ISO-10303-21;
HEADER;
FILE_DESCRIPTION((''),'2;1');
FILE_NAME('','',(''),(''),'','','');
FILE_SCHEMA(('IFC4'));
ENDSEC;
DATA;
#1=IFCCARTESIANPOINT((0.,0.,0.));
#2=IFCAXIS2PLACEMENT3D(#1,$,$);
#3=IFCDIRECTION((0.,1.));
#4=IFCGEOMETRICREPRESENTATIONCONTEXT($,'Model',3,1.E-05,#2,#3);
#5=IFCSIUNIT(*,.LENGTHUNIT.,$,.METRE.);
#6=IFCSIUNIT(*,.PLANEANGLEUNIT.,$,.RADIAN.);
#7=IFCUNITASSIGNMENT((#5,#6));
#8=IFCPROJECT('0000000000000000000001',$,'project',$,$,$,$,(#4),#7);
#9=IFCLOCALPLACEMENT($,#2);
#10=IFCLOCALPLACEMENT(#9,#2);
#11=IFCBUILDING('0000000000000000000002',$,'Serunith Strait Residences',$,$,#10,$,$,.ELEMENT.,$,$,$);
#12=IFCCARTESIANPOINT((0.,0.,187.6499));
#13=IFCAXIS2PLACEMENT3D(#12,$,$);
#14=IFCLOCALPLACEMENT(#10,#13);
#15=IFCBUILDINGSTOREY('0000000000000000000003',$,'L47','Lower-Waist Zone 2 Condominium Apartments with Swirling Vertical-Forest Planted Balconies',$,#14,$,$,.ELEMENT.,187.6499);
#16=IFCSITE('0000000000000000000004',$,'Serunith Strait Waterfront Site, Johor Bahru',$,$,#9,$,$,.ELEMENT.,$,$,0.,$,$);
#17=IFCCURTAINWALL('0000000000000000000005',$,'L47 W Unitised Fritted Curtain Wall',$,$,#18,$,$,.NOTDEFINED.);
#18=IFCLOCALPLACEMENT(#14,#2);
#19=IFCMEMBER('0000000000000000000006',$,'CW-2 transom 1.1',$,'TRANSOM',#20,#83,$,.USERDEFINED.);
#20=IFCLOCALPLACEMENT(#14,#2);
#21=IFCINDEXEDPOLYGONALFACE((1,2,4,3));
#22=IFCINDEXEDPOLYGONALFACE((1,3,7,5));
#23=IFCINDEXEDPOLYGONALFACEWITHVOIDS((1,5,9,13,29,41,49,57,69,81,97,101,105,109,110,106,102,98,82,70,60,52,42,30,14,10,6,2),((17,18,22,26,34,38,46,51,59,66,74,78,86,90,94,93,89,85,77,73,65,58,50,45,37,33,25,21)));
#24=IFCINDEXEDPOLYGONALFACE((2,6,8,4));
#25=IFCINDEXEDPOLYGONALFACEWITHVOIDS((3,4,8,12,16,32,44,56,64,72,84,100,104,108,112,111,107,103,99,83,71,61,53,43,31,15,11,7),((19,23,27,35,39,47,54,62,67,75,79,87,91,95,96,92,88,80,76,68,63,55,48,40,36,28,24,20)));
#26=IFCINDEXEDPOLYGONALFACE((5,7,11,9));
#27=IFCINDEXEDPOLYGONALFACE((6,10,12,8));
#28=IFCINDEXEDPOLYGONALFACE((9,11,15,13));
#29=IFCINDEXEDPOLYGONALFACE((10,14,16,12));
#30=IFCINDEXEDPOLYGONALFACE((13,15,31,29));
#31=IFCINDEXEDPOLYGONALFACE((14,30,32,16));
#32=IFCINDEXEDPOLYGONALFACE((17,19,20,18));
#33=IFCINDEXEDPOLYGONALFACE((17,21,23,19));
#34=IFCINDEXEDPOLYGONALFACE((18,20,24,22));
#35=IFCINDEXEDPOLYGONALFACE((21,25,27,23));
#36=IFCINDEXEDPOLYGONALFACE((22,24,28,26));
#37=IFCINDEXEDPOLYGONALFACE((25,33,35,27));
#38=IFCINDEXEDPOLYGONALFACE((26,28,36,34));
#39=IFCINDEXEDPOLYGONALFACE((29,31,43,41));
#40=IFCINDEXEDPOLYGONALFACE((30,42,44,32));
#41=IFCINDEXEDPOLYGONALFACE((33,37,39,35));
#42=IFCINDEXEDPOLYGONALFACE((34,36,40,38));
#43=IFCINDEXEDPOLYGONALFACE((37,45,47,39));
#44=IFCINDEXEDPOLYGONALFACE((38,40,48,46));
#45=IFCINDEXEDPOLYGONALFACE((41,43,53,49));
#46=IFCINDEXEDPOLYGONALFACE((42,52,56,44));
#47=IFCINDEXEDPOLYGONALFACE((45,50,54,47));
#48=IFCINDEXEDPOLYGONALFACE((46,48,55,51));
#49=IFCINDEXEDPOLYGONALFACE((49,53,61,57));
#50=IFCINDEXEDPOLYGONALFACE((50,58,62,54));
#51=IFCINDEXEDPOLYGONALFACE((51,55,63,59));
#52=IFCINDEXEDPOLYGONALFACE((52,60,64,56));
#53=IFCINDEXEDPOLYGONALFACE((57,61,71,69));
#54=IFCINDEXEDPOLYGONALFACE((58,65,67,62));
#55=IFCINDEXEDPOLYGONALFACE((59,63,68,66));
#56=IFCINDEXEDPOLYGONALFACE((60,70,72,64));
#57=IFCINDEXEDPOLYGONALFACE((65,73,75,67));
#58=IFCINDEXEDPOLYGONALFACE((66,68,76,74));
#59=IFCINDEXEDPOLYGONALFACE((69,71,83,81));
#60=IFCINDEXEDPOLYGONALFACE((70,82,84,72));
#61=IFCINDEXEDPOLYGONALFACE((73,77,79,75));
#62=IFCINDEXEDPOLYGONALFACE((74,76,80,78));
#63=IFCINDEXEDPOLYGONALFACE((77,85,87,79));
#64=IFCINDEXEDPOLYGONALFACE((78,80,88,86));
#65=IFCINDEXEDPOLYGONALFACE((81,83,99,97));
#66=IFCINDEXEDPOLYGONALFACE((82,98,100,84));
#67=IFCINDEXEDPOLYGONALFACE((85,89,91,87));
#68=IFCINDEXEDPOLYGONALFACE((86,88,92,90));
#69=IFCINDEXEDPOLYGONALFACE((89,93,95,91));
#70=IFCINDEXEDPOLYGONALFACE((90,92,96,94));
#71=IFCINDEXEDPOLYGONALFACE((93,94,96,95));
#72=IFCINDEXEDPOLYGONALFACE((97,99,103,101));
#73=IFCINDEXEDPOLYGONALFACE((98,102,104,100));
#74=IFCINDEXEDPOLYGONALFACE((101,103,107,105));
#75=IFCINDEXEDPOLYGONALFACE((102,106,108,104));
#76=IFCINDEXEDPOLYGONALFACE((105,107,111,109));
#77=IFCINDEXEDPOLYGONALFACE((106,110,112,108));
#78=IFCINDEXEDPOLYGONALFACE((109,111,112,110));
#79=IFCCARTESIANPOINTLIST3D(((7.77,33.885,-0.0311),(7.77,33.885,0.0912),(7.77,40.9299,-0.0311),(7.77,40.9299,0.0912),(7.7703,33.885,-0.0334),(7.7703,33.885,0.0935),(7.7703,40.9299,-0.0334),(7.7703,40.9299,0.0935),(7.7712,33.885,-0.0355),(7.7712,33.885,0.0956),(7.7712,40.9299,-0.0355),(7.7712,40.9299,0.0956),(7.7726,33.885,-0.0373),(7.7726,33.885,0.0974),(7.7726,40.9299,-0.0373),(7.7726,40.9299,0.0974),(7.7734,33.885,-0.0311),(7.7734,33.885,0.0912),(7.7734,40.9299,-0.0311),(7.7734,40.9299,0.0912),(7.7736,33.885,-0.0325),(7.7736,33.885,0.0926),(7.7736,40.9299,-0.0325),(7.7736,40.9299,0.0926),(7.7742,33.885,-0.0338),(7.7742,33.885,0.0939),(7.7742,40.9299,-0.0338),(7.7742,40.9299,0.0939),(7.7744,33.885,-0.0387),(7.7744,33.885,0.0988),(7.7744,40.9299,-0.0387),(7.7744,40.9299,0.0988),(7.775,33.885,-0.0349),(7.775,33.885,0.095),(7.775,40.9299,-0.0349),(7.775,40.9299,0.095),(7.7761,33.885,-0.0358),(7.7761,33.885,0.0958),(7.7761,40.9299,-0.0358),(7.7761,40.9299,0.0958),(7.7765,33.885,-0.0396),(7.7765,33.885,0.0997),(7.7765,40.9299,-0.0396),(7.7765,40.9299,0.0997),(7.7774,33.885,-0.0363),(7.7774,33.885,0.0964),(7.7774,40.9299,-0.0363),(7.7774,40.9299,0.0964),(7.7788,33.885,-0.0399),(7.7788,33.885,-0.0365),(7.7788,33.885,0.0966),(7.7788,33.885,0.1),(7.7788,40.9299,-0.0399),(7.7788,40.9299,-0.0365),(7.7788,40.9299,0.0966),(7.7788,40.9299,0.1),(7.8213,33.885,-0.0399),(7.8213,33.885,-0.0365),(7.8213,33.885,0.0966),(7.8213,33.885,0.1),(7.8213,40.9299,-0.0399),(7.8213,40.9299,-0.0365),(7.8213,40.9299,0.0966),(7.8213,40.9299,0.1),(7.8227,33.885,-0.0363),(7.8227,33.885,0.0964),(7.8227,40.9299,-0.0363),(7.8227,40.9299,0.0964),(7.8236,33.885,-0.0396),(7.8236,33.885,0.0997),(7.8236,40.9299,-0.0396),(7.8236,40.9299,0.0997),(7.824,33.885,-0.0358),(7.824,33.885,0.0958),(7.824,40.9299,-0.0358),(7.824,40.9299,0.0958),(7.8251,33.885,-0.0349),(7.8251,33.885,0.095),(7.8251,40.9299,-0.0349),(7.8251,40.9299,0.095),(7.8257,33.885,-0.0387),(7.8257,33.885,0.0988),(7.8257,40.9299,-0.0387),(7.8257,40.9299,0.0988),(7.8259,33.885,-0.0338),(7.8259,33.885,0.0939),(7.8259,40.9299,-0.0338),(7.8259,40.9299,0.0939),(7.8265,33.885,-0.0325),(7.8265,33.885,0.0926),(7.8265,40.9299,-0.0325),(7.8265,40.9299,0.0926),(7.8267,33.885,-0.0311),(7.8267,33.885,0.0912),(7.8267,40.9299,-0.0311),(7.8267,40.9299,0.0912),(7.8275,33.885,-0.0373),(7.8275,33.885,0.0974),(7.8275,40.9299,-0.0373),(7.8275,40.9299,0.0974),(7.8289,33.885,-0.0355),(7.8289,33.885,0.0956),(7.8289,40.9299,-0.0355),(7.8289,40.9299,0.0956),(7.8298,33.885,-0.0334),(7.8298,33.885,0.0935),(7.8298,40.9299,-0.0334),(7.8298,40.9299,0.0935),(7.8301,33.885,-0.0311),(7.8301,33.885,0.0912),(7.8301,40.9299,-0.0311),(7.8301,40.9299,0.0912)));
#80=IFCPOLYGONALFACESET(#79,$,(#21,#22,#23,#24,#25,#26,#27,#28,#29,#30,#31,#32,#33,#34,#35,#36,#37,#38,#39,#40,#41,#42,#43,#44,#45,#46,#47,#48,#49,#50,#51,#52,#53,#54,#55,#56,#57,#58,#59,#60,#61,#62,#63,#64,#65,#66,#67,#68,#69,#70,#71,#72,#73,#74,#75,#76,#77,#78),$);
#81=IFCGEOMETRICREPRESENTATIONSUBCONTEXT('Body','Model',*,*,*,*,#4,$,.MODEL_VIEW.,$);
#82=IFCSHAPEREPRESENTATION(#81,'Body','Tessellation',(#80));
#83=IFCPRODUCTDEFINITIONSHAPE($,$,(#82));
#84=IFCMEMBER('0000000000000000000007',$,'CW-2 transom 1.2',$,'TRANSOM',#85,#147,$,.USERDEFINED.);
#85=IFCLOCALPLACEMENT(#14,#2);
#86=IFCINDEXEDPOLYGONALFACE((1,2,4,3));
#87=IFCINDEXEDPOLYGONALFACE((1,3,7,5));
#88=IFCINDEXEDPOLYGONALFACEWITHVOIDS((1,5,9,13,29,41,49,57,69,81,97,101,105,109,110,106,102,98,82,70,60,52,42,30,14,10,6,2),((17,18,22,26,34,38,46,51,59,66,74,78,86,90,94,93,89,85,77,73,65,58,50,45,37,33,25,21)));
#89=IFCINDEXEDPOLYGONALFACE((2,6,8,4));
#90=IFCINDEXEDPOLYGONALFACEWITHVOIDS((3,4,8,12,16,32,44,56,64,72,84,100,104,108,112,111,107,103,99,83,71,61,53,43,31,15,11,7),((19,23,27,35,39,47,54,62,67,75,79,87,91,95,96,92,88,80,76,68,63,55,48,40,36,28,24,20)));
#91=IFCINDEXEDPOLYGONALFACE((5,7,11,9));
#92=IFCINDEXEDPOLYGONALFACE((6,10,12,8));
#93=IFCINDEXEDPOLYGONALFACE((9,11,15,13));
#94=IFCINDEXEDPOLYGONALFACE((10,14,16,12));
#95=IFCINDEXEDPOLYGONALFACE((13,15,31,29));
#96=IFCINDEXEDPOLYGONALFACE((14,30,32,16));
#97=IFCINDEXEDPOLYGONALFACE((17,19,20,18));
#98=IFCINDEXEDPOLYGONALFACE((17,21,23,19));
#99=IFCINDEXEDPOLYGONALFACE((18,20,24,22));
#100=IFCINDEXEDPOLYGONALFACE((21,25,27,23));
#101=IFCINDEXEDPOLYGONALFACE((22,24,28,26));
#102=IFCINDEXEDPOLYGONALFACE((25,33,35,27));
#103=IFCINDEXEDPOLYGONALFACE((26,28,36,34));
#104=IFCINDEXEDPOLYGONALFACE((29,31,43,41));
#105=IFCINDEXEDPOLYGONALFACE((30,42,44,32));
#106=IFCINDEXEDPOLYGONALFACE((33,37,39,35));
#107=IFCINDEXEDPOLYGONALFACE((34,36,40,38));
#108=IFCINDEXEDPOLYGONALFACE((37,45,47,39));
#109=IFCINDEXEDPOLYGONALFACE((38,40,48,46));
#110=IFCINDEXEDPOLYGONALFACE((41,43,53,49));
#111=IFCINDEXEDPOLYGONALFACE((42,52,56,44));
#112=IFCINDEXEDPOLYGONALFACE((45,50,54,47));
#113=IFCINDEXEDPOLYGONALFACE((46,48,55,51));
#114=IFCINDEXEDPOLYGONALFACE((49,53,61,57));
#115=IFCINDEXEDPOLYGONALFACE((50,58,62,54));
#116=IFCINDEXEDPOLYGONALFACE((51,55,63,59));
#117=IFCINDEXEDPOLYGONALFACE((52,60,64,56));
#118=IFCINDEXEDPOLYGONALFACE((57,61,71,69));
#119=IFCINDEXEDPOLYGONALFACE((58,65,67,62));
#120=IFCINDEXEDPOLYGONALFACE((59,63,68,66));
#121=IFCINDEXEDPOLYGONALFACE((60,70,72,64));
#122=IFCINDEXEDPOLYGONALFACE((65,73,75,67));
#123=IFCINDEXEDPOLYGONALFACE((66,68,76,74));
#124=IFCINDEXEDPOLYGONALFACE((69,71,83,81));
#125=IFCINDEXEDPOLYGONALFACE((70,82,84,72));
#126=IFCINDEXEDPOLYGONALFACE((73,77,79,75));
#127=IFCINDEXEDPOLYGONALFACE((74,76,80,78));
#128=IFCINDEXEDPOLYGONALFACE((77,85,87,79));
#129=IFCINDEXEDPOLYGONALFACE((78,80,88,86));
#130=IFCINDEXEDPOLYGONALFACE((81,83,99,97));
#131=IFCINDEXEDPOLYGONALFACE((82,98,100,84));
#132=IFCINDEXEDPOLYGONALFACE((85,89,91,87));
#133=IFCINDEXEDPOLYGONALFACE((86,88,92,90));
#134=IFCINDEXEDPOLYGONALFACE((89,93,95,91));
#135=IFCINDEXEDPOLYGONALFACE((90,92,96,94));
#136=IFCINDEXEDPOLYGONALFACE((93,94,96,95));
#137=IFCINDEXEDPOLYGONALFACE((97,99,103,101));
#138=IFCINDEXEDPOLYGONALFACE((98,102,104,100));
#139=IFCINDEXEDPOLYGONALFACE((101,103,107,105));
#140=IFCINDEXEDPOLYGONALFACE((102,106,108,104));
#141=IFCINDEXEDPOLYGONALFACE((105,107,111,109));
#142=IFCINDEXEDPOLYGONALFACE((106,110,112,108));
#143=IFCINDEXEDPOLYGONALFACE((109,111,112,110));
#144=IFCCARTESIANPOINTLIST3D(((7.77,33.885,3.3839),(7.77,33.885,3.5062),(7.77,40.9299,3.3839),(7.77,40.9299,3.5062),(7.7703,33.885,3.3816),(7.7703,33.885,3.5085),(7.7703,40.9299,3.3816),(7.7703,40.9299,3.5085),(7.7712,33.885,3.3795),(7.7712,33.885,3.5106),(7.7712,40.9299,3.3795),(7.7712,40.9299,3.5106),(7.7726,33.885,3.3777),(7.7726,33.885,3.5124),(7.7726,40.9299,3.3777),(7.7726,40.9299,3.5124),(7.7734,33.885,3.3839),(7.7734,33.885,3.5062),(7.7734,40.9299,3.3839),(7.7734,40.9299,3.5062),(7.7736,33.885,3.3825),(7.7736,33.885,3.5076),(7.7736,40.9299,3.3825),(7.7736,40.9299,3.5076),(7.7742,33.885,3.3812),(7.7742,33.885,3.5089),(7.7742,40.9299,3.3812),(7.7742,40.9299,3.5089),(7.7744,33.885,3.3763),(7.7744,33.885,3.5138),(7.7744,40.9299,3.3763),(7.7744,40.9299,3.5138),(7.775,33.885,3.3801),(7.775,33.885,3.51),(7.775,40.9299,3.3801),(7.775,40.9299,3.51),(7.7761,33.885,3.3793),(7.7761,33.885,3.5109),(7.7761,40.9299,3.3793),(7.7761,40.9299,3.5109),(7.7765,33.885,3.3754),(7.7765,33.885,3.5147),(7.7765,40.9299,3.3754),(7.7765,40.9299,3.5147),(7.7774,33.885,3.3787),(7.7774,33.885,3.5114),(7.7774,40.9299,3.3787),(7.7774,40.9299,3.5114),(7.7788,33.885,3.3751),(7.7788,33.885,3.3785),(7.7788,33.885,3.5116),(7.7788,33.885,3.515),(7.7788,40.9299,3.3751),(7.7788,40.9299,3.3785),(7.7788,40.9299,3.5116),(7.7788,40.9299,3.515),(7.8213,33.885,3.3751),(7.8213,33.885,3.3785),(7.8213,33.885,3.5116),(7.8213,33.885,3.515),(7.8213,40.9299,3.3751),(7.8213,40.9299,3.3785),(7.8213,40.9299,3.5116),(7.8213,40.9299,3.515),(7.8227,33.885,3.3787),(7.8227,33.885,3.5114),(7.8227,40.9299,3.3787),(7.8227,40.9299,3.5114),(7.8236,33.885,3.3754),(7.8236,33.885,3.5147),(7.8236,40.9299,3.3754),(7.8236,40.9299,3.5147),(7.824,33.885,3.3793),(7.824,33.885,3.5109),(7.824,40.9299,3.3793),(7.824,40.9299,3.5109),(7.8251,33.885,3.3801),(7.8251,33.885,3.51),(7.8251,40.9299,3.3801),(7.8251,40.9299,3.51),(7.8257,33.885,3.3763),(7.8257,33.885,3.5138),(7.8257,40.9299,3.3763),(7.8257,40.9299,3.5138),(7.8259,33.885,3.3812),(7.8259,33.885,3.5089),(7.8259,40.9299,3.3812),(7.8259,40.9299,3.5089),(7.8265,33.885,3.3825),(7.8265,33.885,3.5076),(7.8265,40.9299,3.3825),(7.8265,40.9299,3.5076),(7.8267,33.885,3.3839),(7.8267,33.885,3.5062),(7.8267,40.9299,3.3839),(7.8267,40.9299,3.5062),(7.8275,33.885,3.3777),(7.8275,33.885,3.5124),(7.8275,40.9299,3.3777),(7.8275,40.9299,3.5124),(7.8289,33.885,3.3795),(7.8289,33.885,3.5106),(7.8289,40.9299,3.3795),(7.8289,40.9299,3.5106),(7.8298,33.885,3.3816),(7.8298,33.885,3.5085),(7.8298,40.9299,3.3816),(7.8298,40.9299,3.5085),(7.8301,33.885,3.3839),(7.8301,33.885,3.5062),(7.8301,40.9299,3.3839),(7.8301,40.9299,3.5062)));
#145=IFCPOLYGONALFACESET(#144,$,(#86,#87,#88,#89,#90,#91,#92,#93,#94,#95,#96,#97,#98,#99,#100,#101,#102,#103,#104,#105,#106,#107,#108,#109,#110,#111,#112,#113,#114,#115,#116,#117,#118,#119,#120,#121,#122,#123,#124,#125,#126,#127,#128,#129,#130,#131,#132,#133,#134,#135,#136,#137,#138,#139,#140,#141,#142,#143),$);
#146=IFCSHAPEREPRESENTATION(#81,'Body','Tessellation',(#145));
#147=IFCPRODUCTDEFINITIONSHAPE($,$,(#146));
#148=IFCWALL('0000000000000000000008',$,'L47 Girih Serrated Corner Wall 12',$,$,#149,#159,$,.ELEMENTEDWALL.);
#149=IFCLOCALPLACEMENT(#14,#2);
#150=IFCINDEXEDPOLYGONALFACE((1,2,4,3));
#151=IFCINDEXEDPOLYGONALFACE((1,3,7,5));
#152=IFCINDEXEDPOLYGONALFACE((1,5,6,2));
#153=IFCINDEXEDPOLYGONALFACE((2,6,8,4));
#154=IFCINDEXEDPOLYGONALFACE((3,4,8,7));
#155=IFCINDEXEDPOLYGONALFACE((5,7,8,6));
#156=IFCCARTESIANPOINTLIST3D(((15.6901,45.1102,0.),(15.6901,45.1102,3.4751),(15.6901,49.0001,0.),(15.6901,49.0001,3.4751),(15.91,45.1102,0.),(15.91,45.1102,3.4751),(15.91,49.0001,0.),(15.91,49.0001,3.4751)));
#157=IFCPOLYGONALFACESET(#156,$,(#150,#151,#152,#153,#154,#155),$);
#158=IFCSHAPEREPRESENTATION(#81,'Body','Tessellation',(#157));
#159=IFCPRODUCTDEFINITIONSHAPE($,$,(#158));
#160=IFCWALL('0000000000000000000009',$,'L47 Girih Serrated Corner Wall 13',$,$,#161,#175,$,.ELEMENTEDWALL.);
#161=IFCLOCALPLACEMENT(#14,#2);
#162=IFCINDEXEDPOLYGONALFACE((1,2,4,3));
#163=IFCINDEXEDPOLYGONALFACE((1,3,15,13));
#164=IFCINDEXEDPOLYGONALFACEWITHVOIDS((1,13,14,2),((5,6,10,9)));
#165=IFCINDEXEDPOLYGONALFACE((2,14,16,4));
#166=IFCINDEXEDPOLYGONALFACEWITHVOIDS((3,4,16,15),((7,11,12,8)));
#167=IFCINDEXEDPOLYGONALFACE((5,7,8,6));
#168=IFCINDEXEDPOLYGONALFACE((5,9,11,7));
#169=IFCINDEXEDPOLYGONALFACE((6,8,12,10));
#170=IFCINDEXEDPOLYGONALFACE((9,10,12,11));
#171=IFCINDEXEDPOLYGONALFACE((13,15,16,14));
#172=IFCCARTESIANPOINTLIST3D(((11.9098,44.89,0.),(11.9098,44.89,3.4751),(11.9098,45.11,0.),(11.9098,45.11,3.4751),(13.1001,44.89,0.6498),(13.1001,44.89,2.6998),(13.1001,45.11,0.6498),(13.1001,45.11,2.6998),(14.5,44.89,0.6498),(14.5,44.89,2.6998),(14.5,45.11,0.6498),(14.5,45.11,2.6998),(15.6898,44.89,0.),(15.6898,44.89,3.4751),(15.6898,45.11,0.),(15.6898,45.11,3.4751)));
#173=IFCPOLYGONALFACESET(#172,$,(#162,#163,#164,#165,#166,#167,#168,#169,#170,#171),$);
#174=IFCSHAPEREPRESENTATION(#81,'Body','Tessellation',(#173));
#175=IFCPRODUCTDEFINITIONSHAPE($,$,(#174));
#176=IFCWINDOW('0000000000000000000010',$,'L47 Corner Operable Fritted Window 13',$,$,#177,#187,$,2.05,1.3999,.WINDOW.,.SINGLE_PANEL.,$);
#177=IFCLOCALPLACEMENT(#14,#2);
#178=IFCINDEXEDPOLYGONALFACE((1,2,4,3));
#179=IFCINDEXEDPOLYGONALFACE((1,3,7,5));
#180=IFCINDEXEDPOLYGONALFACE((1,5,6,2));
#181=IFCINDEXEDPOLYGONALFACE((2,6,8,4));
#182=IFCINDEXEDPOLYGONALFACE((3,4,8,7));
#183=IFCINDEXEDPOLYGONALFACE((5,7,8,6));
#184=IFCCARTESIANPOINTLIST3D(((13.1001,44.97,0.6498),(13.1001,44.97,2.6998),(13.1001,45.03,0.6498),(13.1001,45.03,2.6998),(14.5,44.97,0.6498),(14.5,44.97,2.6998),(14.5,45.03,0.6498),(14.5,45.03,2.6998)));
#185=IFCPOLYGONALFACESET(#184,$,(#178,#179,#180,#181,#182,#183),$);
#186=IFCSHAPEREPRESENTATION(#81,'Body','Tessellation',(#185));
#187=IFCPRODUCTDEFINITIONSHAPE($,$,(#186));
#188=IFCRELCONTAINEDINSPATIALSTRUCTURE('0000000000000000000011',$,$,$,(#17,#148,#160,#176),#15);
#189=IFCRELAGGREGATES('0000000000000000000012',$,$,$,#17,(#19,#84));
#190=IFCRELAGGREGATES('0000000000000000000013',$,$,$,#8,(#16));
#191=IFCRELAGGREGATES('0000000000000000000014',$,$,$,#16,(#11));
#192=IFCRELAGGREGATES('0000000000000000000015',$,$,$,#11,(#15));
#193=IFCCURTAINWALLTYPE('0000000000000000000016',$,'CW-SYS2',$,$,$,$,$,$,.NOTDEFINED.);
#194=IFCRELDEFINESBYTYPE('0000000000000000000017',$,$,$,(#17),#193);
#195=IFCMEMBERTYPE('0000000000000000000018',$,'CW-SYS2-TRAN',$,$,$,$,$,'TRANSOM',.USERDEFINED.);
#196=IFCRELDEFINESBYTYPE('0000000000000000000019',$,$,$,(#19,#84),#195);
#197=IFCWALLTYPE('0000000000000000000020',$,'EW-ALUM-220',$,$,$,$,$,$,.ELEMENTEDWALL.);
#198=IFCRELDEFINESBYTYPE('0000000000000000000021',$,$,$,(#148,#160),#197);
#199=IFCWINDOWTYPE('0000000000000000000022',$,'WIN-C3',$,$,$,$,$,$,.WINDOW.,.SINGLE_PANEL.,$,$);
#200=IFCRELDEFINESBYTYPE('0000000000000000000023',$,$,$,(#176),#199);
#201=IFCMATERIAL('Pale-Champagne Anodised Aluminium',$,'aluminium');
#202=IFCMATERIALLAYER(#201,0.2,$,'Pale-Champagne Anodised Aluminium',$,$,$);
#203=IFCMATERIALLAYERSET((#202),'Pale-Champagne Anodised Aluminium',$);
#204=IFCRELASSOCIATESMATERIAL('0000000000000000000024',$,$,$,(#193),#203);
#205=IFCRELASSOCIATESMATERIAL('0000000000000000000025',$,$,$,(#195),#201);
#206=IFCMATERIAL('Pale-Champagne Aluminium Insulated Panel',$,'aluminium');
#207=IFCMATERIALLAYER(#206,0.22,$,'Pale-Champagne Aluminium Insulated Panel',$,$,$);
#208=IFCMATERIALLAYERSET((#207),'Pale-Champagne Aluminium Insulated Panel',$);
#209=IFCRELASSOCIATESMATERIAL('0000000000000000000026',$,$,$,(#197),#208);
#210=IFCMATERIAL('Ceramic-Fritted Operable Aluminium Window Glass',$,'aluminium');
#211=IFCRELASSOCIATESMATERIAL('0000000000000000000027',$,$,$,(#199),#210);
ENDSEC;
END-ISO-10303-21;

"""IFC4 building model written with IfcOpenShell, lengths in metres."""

from ifc_helpers import new_model, si_unit, direction, frame, frame_2d, origin, origin_2d, place, context, subcontext, project, spatial, rectangle, hollow_rectangle, extrude, source, transform, mapped, material, layer, layer_set, material_profile, profile_set, type_object, element, fill, aggregate, save


model = new_model("IFC4")

# Units and contexts
model_context = context("Model", 3, precision=1e-05, world=origin(), true_north=direction((0.0, 1.0)))
body_context = subcontext(model_context, "Body", "Model", "MODEL_VIEW")
ifc_project = project(units=[si_unit("LENGTHUNIT", "METRE"), si_unit("PLANEANGLEUNIT", "RADIAN")], contexts=[model_context])

# Site, building, storey
site_placement = place(None, origin())
site = spatial("IfcSite", under=ifc_project, at=site_placement, Name="Serunith Strait Waterfront Site, Johor Bahru", CompositionType="ELEMENT", RefElevation=0.0)
building_placement = place(site_placement, origin())
building = spatial("IfcBuilding", under=site, at=building_placement, Name="Serunith Strait Residences", CompositionType="ELEMENT")
storey_placement = place(building_placement, frame((0.0, 0.0, 187.6499)))
storey = spatial("IfcBuildingStorey", under=building, at=storey_placement, Name="L47", Description="Lower-Waist Zone 2 Condominium Apartments with Swirling Vertical-Forest Planted Balconies", CompositionType="ELEMENT", Elevation=187.6499)

# Shared definitions
ifc_material_1 = material(Name="Pale-Champagne Anodised Aluminium", Category="aluminium")
ifc_layer_1 = layer(ifc_material_1, 0.2, Name="Pale-Champagne Anodised Aluminium")
ifc_layer_set_1 = layer_set([ifc_layer_1], Name="Pale-Champagne Anodised Aluminium")
curtain_wall_type = type_object("IfcCurtainWallType", Name="CW-SYS2", PredefinedType="NOTDEFINED", material=ifc_layer_set_1)

# Curtain wall, members
curtain_wall_1_placement = place(storey_placement, origin())
curtain_wall_1 = element("IfcCurtainWall", 1, at=curtain_wall_1_placement, inside=storey, type_object=curtain_wall_type, Name="L47 W Unitised Fritted Curtain Wall", PredefinedType="NOTDEFINED")
ifc_material_profile_1 = material_profile(ifc_material_1, hollow_rectangle(XDim=0.0601, YDim=0.1399, WallThickness=0.0034, InnerFilletRadius=0.0054, OuterFilletRadius=0.0088, at=origin_2d()), Name="ALU 140x60x3.5")
ifc_profile_set_1 = profile_set([ifc_material_profile_1], Name="Pale-Champagne Anodised Aluminium")
member_type_1 = type_object("IfcMemberType", Name="CW-SYS2-TRAN", ElementType="TRANSOM", PredefinedType="USERDEFINED", material=ifc_profile_set_1)
shared_shape_1 = source(origin(), body_context, "Body", "SweptSolid", [
    extrude(hollow_rectangle(XDim=0.0601, YDim=0.1399, WallThickness=0.0034, InnerFilletRadius=0.0054, OuterFilletRadius=0.0088, at=origin_2d()), origin(), (0.0, 0.0, 1.0), 7.0449),
])
member_1_placement = place(storey_placement, frame((7.8, 40.9299, 0.03), z_axis=(0.0, -1.0, 0.0), x_axis=(1.0, 0.0, 0.0)))
member_1 = element("IfcMember", 2, at=member_1_placement, type_object=member_type_1, Name="CW-2 transom 1.1", ObjectType="TRANSOM", PredefinedType="USERDEFINED", context=body_context, shape_type="MappedRepresentation", body=[
    mapped(shared_shape_1, transform((0.0, 0.0, 0.0), scale=1.0)),
])
member_2_placement = place(storey_placement, frame((7.8, 40.9299, 3.4451), z_axis=(0.0, -1.0, 0.0), x_axis=(1.0, 0.0, 0.0)))
member_2 = element("IfcMember", 3, at=member_2_placement, type_object=member_type_1, Name="CW-2 transom 1.2", ObjectType="TRANSOM", PredefinedType="USERDEFINED", context=body_context, shape_type="MappedRepresentation", body=[
    mapped(shared_shape_1, transform((0.0, 0.0, 0.0), scale=1.0)),
])
aggregate(curtain_wall_1, [member_1, member_2])

# Wall
ifc_material_2 = material(Name="Pale-Champagne Aluminium Insulated Panel", Category="aluminium")
ifc_layer_2 = layer(ifc_material_2, 0.22, Name="Pale-Champagne Aluminium Insulated Panel")
ifc_layer_set_2 = layer_set([ifc_layer_2], Name="Pale-Champagne Aluminium Insulated Panel")
wall_type_1 = type_object("IfcWallType", Name="EW-ALUM-220", PredefinedType="ELEMENTEDWALL", material=ifc_layer_set_2)
wall_1_placement = place(storey_placement, frame((15.8, 49.0, 0.0), z_axis=(0.0, 0.0, 1.0), x_axis=(0.0, -1.0, 0.0)))
element("IfcWall", 4, at=wall_1_placement, inside=storey, type_object=wall_type_1, Name="L47 Girih Serrated Corner Wall 12", PredefinedType="ELEMENTEDWALL", context=body_context, shape_type="SweptSolid", body=[
    extrude(rectangle(XDim=3.8899, YDim=0.22, at=frame_2d((1.9448, 0.0))), origin(), (0.0, 0.0, 1.0), 3.4751),
])

# Wall, opening, window
wall_2_placement = place(storey_placement, frame((15.6899, 45.0, 0.0), z_axis=(0.0, 0.0, 1.0), x_axis=(-1.0, 0.0, 0.0)))
wall_2 = element("IfcWall", 5, at=wall_2_placement, inside=storey, type_object=wall_type_1, Name="L47 Girih Serrated Corner Wall 13", PredefinedType="ELEMENTEDWALL", context=body_context, shape_type="SweptSolid", body=[
    extrude(rectangle(XDim=3.78, YDim=0.22, at=frame_2d((1.8901, 0.0))), origin(), (0.0, 0.0, 1.0), 3.4751),
])
opening_1_placement = place(wall_2_placement, frame((1.1899, 0.0, 0.6499)))
opening_1 = element("IfcOpeningElement", 6, at=opening_1_placement, cuts=wall_2, PredefinedType="OPENING", context=body_context, shape_type="SweptSolid", body=[
    extrude(rectangle(XDim=1.3999, YDim=2.05, at=frame_2d((0.7, 1.0249))), frame((0.0, 0.1201, 0.0), z_axis=(0.0, -1.0, 0.0), x_axis=(1.0, 0.0, 0.0)), (0.0, 0.0, 1.0), 0.24),
])
ifc_material_3 = material(Name="Ceramic-Fritted Operable Aluminium Window Glass", Category="aluminium")
window_type = type_object("IfcWindowType", Name="WIN-C3", PartitioningType="SINGLE_PANEL", PredefinedType="WINDOW", material=ifc_material_3)
shared_shape_2 = source(origin(), body_context, "Body", "SweptSolid", [
    extrude(rectangle(XDim=1.3999, YDim=2.05, at=frame_2d((0.7, 1.0249))), frame((0.0, 0.03, 0.0), z_axis=(0.0, -1.0, 0.0), x_axis=(1.0, 0.0, 0.0)), (0.0, 0.0, 1.0), 0.0601),
])
window_1_placement = place(opening_1_placement, origin())
window_1 = element("IfcWindow", 7, at=window_1_placement, inside=storey, type_object=window_type, Name="L47 Corner Operable Fritted Window 13", OverallHeight=2.05, OverallWidth=1.3999, PartitioningType="SINGLE_PANEL", PredefinedType="WINDOW", context=body_context, shape_type="MappedRepresentation", body=[
    mapped(shared_shape_2, transform((0.0, 0.0, 0.0), scale=1.0)),
])
fill(opening_1, window_1)

save(model, "model.ifc")
